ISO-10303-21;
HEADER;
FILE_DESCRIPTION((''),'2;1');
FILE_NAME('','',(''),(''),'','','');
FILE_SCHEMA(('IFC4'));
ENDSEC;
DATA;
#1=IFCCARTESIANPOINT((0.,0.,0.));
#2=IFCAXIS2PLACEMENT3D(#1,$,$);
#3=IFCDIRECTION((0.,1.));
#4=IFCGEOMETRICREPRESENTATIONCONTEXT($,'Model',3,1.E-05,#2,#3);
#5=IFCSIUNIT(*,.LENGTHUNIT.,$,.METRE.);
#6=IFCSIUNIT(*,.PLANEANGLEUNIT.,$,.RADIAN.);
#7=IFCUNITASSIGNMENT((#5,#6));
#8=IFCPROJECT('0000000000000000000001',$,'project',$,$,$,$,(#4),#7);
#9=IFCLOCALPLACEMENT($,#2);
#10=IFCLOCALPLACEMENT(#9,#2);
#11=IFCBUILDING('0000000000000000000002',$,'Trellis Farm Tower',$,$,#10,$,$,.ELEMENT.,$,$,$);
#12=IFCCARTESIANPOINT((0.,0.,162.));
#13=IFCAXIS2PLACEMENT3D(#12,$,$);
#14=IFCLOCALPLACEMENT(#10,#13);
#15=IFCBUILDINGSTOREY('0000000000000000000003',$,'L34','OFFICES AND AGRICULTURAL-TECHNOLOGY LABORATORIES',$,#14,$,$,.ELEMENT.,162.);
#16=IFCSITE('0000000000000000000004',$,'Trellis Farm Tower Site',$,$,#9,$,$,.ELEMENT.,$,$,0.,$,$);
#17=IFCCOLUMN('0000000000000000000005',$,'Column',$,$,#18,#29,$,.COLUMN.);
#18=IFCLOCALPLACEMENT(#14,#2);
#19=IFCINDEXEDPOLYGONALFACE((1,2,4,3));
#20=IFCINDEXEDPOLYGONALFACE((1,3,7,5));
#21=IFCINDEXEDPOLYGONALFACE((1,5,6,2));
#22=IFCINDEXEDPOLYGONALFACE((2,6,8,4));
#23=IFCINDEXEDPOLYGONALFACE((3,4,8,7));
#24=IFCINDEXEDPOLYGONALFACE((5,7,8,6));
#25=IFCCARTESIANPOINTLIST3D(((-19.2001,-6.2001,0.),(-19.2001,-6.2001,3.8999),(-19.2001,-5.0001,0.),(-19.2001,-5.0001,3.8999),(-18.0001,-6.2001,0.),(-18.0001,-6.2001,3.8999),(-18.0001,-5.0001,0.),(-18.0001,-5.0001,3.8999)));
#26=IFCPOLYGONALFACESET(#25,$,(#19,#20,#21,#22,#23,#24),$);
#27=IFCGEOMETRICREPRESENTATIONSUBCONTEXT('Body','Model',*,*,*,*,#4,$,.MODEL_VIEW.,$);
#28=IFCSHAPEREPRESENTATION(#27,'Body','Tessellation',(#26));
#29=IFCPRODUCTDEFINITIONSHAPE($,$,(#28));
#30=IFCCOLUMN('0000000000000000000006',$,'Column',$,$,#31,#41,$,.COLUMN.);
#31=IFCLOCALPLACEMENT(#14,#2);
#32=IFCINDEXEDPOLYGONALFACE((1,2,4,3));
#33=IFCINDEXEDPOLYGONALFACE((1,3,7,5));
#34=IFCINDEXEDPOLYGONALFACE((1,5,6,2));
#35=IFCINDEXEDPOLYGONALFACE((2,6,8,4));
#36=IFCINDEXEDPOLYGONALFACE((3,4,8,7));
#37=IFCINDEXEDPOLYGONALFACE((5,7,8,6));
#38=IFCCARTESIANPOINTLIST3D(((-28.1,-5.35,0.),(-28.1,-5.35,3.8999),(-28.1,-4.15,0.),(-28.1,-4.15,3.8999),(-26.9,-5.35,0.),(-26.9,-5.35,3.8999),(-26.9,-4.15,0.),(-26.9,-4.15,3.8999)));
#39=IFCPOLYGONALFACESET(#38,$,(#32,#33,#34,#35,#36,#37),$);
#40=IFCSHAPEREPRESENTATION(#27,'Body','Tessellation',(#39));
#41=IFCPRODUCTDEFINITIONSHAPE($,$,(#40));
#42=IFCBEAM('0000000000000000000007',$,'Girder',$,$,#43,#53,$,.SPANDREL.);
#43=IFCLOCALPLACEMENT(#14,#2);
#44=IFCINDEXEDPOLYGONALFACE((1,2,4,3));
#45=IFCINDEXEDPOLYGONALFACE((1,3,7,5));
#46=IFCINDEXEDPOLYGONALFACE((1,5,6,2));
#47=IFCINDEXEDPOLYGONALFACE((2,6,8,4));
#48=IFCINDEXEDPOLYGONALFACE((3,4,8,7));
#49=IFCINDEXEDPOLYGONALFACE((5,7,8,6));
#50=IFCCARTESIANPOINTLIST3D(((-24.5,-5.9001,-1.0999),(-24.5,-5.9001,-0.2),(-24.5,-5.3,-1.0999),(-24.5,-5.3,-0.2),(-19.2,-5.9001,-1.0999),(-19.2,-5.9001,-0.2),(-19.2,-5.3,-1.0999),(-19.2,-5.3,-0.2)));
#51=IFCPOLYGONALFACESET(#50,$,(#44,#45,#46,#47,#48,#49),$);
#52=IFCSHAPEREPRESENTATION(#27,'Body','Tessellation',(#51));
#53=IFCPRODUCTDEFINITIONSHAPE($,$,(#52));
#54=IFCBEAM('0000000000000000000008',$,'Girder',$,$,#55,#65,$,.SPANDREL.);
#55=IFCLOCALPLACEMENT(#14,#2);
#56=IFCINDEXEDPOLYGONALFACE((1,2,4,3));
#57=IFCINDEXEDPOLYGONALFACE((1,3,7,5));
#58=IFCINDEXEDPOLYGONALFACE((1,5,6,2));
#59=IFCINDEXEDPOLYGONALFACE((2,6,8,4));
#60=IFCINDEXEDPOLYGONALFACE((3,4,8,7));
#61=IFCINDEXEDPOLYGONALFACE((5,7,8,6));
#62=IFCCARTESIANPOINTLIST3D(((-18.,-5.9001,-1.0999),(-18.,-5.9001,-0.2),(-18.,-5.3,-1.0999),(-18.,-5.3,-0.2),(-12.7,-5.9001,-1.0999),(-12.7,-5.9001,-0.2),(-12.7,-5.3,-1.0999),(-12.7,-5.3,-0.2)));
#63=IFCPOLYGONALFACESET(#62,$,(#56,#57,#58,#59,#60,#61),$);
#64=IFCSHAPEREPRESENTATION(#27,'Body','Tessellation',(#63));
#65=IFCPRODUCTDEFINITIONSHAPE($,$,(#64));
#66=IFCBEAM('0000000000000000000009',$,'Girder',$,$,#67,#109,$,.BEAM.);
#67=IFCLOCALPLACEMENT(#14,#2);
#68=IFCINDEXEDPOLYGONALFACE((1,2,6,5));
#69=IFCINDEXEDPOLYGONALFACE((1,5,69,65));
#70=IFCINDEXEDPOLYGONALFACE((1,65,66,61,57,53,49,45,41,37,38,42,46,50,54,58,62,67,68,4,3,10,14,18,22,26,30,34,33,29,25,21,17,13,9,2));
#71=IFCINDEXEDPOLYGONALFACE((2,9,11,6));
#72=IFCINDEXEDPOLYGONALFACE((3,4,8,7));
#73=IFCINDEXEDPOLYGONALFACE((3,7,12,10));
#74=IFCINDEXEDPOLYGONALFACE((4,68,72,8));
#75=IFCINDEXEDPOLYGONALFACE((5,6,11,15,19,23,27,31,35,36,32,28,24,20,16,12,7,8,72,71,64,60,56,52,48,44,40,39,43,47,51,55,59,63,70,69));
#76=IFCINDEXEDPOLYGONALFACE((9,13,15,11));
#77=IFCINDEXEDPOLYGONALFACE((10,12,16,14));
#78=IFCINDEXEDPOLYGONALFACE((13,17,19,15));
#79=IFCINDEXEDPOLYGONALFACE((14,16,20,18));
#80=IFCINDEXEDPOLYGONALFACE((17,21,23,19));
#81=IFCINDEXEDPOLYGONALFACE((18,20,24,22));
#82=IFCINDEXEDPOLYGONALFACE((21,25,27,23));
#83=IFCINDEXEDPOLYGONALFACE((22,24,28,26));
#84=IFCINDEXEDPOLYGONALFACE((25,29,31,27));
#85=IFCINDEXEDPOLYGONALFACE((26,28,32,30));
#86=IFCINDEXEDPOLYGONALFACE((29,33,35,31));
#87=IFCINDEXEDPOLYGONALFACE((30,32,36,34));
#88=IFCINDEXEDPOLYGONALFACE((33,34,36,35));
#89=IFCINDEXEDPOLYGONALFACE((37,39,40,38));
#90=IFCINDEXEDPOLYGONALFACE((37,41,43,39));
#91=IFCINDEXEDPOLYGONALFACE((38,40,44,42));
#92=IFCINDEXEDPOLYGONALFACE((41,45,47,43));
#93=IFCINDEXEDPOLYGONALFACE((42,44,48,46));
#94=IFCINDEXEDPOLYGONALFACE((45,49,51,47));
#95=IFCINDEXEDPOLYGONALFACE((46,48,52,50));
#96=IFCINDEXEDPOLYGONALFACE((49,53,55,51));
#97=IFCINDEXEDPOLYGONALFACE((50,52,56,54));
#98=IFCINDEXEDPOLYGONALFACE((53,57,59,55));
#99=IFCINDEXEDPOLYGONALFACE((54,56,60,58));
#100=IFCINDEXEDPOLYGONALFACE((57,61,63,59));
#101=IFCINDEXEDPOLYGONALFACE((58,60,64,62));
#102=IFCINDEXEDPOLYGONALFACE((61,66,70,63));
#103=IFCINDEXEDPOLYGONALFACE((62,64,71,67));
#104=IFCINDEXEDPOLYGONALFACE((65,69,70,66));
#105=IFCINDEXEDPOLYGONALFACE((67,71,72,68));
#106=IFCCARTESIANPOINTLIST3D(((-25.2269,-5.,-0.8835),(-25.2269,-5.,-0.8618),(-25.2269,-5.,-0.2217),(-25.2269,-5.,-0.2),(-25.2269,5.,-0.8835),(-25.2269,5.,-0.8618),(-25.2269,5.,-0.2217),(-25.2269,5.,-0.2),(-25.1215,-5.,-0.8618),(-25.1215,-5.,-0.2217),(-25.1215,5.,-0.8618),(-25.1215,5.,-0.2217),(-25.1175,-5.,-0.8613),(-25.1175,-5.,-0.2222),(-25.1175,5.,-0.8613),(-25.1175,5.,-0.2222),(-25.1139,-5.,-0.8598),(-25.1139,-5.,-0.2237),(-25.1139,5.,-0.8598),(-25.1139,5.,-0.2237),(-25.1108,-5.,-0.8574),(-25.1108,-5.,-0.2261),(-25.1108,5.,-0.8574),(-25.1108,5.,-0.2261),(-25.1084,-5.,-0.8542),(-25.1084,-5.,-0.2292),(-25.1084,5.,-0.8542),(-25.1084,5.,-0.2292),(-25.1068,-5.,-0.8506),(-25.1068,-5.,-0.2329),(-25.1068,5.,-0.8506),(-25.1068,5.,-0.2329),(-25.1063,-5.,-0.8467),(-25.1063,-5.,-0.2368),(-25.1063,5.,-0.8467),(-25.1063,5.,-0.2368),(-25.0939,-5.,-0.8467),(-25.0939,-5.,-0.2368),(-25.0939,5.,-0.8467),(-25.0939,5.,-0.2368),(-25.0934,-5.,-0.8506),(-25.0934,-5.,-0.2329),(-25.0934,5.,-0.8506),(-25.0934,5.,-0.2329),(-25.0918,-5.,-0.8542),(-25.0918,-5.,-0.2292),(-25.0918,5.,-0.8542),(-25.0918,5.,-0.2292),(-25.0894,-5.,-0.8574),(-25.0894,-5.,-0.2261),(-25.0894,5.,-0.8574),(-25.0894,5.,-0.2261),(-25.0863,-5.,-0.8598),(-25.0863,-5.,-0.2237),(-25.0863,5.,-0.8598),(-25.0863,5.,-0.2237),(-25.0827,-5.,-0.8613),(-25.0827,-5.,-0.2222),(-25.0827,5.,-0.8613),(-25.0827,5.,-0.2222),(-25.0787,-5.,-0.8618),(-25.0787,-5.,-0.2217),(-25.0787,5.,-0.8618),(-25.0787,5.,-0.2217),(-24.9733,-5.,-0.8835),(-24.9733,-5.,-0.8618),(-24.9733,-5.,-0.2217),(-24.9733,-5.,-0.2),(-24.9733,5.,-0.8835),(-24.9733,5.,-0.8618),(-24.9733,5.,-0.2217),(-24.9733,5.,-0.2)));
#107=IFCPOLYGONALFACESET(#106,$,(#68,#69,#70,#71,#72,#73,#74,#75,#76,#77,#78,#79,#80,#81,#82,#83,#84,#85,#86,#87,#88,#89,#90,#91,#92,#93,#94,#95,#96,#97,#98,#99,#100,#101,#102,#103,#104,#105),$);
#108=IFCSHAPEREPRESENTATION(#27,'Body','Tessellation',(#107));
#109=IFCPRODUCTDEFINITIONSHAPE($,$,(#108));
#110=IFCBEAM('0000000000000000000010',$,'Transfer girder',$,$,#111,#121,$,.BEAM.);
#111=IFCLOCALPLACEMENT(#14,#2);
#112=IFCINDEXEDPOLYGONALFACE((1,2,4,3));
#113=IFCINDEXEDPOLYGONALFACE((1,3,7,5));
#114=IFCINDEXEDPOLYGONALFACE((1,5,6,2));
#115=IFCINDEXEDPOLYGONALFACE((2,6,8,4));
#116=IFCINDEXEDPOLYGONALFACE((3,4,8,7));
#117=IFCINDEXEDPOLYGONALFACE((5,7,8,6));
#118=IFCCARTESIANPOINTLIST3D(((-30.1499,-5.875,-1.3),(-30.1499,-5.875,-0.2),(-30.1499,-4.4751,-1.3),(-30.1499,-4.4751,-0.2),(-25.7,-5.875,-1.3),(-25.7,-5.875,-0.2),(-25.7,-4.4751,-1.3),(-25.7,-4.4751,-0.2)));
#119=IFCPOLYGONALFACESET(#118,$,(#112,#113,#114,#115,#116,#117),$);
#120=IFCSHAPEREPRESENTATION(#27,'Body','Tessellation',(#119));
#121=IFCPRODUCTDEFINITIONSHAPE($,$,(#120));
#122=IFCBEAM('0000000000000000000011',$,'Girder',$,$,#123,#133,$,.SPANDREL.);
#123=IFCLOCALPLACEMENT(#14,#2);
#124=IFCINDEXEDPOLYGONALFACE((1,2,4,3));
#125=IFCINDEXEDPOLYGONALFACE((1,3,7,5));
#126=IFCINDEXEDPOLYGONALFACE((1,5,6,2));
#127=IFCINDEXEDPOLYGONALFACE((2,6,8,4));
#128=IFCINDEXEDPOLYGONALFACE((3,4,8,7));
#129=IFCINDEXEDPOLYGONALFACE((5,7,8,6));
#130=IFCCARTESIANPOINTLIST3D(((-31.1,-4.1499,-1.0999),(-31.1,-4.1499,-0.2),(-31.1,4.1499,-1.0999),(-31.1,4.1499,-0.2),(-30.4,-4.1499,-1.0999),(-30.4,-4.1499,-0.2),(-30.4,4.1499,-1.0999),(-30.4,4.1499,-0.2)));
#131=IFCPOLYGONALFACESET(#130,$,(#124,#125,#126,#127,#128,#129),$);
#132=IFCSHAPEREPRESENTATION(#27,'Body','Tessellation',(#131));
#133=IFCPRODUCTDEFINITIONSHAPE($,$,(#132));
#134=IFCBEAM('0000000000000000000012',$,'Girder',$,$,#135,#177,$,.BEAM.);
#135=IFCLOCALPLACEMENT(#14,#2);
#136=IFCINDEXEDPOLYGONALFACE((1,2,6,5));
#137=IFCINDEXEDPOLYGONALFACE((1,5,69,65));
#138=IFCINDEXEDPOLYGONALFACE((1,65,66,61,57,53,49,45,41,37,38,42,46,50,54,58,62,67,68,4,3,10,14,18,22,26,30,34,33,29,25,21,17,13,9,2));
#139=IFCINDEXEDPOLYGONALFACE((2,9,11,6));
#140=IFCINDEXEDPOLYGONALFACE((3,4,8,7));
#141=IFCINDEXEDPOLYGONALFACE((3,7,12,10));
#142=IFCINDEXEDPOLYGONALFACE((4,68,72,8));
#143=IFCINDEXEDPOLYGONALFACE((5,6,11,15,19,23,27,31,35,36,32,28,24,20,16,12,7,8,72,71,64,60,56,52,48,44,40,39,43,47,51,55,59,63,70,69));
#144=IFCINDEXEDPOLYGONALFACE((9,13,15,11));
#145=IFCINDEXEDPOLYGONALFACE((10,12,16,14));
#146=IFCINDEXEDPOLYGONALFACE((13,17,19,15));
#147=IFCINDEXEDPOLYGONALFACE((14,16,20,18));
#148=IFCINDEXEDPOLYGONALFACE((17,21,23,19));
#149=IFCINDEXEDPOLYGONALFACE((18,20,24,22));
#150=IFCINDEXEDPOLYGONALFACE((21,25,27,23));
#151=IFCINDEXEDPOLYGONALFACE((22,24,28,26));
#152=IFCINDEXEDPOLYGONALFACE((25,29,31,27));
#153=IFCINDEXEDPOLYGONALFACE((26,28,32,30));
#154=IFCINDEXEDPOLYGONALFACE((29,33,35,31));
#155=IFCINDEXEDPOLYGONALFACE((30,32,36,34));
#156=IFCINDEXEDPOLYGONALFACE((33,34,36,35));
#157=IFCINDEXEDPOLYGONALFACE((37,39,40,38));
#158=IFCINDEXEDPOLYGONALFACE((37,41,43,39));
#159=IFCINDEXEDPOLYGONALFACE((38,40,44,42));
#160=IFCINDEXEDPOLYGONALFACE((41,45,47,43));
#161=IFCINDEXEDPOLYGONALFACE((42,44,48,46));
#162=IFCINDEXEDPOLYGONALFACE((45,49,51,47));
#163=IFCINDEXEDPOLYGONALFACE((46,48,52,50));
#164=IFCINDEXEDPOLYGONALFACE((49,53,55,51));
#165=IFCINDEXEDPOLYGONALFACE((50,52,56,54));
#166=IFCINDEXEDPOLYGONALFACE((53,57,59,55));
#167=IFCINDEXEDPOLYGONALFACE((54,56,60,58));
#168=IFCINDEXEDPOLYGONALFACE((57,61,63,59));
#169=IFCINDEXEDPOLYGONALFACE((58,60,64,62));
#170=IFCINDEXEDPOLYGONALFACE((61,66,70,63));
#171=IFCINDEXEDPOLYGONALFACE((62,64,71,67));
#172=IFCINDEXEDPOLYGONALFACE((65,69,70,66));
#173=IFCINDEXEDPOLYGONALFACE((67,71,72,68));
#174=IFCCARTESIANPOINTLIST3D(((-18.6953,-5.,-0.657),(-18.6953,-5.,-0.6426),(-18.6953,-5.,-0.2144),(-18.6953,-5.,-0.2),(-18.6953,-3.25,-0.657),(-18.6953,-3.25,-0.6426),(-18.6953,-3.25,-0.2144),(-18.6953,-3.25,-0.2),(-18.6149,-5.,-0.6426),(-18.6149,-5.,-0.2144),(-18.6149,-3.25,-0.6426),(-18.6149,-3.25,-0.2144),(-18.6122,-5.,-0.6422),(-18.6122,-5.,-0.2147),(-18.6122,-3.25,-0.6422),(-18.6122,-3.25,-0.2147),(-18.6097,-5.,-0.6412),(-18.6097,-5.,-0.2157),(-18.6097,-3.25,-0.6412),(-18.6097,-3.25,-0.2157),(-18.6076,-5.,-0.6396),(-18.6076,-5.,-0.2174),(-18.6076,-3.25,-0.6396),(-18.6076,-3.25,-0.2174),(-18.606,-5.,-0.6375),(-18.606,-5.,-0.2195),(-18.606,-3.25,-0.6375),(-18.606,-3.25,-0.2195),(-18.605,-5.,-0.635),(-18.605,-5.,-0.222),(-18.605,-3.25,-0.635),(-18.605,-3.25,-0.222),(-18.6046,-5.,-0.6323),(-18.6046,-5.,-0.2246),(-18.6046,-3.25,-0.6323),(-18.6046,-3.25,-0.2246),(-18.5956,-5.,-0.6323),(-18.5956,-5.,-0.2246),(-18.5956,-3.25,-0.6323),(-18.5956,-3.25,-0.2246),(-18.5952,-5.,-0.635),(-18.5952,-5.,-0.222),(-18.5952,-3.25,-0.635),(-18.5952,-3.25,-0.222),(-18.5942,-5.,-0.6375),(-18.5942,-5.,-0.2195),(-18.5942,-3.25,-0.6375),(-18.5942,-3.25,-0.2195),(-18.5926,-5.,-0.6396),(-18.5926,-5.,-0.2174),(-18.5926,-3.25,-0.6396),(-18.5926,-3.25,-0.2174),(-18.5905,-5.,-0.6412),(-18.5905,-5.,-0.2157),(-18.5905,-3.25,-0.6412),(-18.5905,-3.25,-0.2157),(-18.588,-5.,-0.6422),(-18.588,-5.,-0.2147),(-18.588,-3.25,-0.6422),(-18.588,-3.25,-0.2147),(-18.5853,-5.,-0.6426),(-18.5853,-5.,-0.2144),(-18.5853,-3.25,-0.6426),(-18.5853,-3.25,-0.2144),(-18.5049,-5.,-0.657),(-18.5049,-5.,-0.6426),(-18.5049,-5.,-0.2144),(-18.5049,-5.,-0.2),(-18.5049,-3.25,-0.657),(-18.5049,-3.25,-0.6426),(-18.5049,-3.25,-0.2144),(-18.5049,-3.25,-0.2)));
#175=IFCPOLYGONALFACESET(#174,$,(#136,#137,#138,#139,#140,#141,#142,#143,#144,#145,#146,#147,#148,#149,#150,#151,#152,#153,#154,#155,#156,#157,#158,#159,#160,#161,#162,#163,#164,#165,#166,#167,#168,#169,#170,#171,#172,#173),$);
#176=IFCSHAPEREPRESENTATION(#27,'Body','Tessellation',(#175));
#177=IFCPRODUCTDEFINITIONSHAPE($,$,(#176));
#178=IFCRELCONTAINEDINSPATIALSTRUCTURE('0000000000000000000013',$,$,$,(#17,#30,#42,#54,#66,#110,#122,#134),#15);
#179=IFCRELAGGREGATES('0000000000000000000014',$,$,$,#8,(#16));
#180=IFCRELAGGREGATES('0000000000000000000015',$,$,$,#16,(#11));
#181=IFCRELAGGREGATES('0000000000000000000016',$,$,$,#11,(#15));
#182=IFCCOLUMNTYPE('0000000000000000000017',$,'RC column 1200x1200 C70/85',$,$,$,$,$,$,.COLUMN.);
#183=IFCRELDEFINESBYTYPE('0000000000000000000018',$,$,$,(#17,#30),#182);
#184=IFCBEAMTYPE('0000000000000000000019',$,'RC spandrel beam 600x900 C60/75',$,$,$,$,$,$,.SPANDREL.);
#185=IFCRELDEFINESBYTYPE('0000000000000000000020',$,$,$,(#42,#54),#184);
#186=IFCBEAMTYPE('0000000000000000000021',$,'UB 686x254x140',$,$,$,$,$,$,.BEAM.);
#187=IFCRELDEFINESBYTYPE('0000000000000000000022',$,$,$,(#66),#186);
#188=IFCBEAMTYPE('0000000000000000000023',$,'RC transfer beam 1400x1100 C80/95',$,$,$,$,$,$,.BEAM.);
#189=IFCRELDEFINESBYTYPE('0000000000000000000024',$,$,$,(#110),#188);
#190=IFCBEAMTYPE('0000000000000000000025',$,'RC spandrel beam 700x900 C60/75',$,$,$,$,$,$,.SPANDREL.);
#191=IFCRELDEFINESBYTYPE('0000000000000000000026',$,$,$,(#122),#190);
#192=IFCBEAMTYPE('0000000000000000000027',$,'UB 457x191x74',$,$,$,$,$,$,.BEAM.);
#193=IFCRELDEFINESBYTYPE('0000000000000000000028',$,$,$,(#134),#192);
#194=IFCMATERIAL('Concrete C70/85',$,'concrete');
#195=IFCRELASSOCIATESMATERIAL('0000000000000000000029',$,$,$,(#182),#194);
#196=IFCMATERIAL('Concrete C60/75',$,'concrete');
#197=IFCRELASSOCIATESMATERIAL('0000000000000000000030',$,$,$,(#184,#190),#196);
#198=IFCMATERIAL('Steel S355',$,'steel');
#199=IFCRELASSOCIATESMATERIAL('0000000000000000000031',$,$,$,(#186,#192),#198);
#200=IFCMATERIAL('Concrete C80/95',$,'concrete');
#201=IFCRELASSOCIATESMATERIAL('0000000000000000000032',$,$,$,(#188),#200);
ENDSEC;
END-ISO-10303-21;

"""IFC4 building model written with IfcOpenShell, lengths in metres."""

from ifc_helpers import new_model, si_unit, direction, frame, origin, origin_2d, place, context, subcontext, project, spatial, rectangle, i_section, extrude, source, transform, mapped, material, material_profile, profile_set, type_object, element, save


model = new_model("IFC4")

# Units and contexts
model_context = context("Model", 3, precision=1e-05, world=origin(), true_north=direction((0.0, 1.0)))
body_context = subcontext(model_context, "Body", "Model", "MODEL_VIEW")
ifc_project = project(units=[si_unit("LENGTHUNIT", "METRE"), si_unit("PLANEANGLEUNIT", "RADIAN")], contexts=[model_context])

# Site, building, storey
site_placement = place(None, origin())
site = spatial("IfcSite", under=ifc_project, at=site_placement, Name="Trellis Farm Tower Site", CompositionType="ELEMENT", RefElevation=0.0)
building_placement = place(site_placement, origin())
building = spatial("IfcBuilding", under=site, at=building_placement, Name="Trellis Farm Tower", CompositionType="ELEMENT")
storey_placement = place(building_placement, frame((0.0, 0.0, 162.0)))
storey = spatial("IfcBuildingStorey", under=building, at=storey_placement, Name="L34", Description="OFFICES AND AGRICULTURAL-TECHNOLOGY LABORATORIES", CompositionType="ELEMENT", Elevation=162.0)

# Columns
ifc_material_1 = material(Name="Concrete C70/85", Category="concrete")
ifc_material_profile_1 = material_profile(ifc_material_1, rectangle(XDim=1.2, YDim=1.2, at=origin_2d()), Name="RC column 1200x1200 C70/85")
ifc_profile_set_1 = profile_set([ifc_material_profile_1], Name="Concrete C70/85")
column_type = type_object("IfcColumnType", Name="RC column 1200x1200 C70/85", PredefinedType="COLUMN", material=ifc_profile_set_1)
shared_shape_1 = source(origin(), body_context, "Body", "SweptSolid", [
    extrude(rectangle(XDim=1.2, YDim=1.2, at=origin_2d()), origin(), (0.0, 0.0, 1.0), 3.8999),
])
for number, where, z_axis, x_axis, name in (
    (1, (-18.6001, -5.6001, 0.0), (0.0, 0.0, 1.0), (1.0, 0.0, 0.0), "Column"),
    (2, (-27.5, -4.75, 0.0), (0.0, 0.0, 1.0), (1.0, 0.0, 0.0), "Column"),
):
    element("IfcColumn", number, at=place(storey_placement, frame(where, z_axis=z_axis, x_axis=x_axis)), inside=storey, type_object=column_type, Name=name, PredefinedType="COLUMN", context=body_context, shape_type="MappedRepresentation", body=[
        mapped(shared_shape_1, transform((0.0, 0.0, 0.0))),
    ])

# Beams
ifc_material_2 = material(Name="Concrete C60/75", Category="concrete")
ifc_material_profile_2 = material_profile(ifc_material_2, rectangle(XDim=0.6001, YDim=0.8999, at=origin_2d()), Name="RC spandrel beam 600x900 C60/75")
ifc_profile_set_2 = profile_set([ifc_material_profile_2], Name="Concrete C60/75")
beam_type_1 = type_object("IfcBeamType", Name="RC spandrel beam 600x900 C60/75", PredefinedType="SPANDREL", material=ifc_profile_set_2)
shared_shape_2 = source(origin(), body_context, "Body", "SweptSolid", [
    extrude(rectangle(XDim=0.6001, YDim=0.8999, at=origin_2d()), origin(), (0.0, 0.0, 1.0), 5.3),
])
for number, where, z_axis, x_axis, name in (
    (3, (-24.5, -5.6001, -0.6499), (1.0, 0.0, 0.0), (0.0, 1.0, 0.0), "Girder"),
    (4, (-18.0, -5.6001, -0.6499), (1.0, 0.0, 0.0), (0.0, 1.0, 0.0), "Girder"),
):
    element("IfcBeam", number, at=place(storey_placement, frame(where, z_axis=z_axis, x_axis=x_axis)), inside=storey, type_object=beam_type_1, Name=name, PredefinedType="SPANDREL", context=body_context, shape_type="MappedRepresentation", body=[
        mapped(shared_shape_2, transform((0.0, 0.0, 0.0))),
    ])
ifc_material_3 = material(Name="Steel S355", Category="steel")
ifc_material_profile_3 = material_profile(ifc_material_3, i_section(OverallWidth=0.2537, OverallDepth=0.6836, WebThickness=0.0125, FlangeThickness=0.0217, FilletRadius=0.0151, at=origin_2d()), Name="UB 686x254x140")
ifc_profile_set_3 = profile_set([ifc_material_profile_3], Name="Steel S355")
beam_type_2 = type_object("IfcBeamType", Name="UB 686x254x140", PredefinedType="BEAM", material=ifc_profile_set_3)
shared_shape_3 = source(origin(), body_context, "Body", "SweptSolid", [
    extrude(i_section(OverallWidth=0.2537, OverallDepth=0.6836, WebThickness=0.0125, FlangeThickness=0.0217, FilletRadius=0.0151, at=origin_2d()), origin(), (0.0, 0.0, 1.0), 10.0),
])
beam_1_placement = place(storey_placement, frame((-25.1001, -5.0, -0.5417), z_axis=(0.0, 1.0, 0.0), x_axis=(-1.0, 0.0, 0.0)))
element("IfcBeam", 5, at=beam_1_placement, inside=storey, type_object=beam_type_2, Name="Girder", PredefinedType="BEAM", context=body_context, shape_type="MappedRepresentation", body=[
    mapped(shared_shape_3, transform((0.0, 0.0, 0.0))),
])
ifc_material_4 = material(Name="Concrete C80/95", Category="concrete")
ifc_material_profile_4 = material_profile(ifc_material_4, rectangle(XDim=1.3999, YDim=1.1001, at=origin_2d()), Name="RC transfer beam 1400x1100 C80/95")
ifc_profile_set_4 = profile_set([ifc_material_profile_4], Name="Concrete C80/95")
beam_type_3 = type_object("IfcBeamType", Name="RC transfer beam 1400x1100 C80/95", PredefinedType="BEAM", material=ifc_profile_set_4)
shared_shape_4 = source(origin(), body_context, "Body", "SweptSolid", [
    extrude(rectangle(XDim=1.3999, YDim=1.1001, at=origin_2d()), origin(), (0.0, 0.0, 1.0), 4.45),
])
beam_2_placement = place(storey_placement, frame((-30.1499, -5.175, -0.75), z_axis=(1.0, 0.0, 0.0), x_axis=(0.0, 1.0, 0.0)))
element("IfcBeam", 6, at=beam_2_placement, inside=storey, type_object=beam_type_3, Name="Transfer girder", PredefinedType="BEAM", context=body_context, shape_type="MappedRepresentation", body=[
    mapped(shared_shape_4, transform((0.0, 0.0, 0.0))),
])
ifc_material_profile_5 = material_profile(ifc_material_2, rectangle(XDim=0.7, YDim=0.8999, at=origin_2d()), Name="RC spandrel beam 700x900 C60/75")
ifc_profile_set_5 = profile_set([ifc_material_profile_5], Name="Concrete C60/75")
beam_type_4 = type_object("IfcBeamType", Name="RC spandrel beam 700x900 C60/75", PredefinedType="SPANDREL", material=ifc_profile_set_5)
shared_shape_5 = source(origin(), body_context, "Body", "SweptSolid", [
    extrude(rectangle(XDim=0.7, YDim=0.8999, at=origin_2d()), origin(), (0.0, 0.0, 1.0), 8.2998),
])
beam_3_placement = place(storey_placement, frame((-30.75, -4.1499, -0.6499), z_axis=(0.0, 1.0, 0.0), x_axis=(-1.0, 0.0, 0.0)))
element("IfcBeam", 7, at=beam_3_placement, inside=storey, type_object=beam_type_4, Name="Girder", PredefinedType="SPANDREL", context=body_context, shape_type="MappedRepresentation", body=[
    mapped(shared_shape_5, transform((0.0, 0.0, 0.0))),
])
ifc_material_profile_6 = material_profile(ifc_material_3, i_section(OverallWidth=0.1904, OverallDepth=0.457, WebThickness=0.009, FlangeThickness=0.0144, FilletRadius=0.0103, at=origin_2d()), Name="UB 457x191x74")
ifc_profile_set_6 = profile_set([ifc_material_profile_6], Name="Steel S355")
beam_type_5 = type_object("IfcBeamType", Name="UB 457x191x74", PredefinedType="BEAM", material=ifc_profile_set_6)
shared_shape_6 = source(origin(), body_context, "Body", "SweptSolid", [
    extrude(i_section(OverallWidth=0.1904, OverallDepth=0.457, WebThickness=0.009, FlangeThickness=0.0144, FilletRadius=0.0103, at=origin_2d()), origin(), (0.0, 0.0, 1.0), 1.75),
])
beam_4_placement = place(storey_placement, frame((-18.6001, -5.0, -0.4285), z_axis=(0.0, 1.0, 0.0), x_axis=(-1.0, 0.0, 0.0)))
element("IfcBeam", 8, at=beam_4_placement, inside=storey, type_object=beam_type_5, Name="Girder", PredefinedType="BEAM", context=body_context, shape_type="MappedRepresentation", body=[
    mapped(shared_shape_6, transform((0.0, 0.0, 0.0))),
])

save(model, "model.ifc")
